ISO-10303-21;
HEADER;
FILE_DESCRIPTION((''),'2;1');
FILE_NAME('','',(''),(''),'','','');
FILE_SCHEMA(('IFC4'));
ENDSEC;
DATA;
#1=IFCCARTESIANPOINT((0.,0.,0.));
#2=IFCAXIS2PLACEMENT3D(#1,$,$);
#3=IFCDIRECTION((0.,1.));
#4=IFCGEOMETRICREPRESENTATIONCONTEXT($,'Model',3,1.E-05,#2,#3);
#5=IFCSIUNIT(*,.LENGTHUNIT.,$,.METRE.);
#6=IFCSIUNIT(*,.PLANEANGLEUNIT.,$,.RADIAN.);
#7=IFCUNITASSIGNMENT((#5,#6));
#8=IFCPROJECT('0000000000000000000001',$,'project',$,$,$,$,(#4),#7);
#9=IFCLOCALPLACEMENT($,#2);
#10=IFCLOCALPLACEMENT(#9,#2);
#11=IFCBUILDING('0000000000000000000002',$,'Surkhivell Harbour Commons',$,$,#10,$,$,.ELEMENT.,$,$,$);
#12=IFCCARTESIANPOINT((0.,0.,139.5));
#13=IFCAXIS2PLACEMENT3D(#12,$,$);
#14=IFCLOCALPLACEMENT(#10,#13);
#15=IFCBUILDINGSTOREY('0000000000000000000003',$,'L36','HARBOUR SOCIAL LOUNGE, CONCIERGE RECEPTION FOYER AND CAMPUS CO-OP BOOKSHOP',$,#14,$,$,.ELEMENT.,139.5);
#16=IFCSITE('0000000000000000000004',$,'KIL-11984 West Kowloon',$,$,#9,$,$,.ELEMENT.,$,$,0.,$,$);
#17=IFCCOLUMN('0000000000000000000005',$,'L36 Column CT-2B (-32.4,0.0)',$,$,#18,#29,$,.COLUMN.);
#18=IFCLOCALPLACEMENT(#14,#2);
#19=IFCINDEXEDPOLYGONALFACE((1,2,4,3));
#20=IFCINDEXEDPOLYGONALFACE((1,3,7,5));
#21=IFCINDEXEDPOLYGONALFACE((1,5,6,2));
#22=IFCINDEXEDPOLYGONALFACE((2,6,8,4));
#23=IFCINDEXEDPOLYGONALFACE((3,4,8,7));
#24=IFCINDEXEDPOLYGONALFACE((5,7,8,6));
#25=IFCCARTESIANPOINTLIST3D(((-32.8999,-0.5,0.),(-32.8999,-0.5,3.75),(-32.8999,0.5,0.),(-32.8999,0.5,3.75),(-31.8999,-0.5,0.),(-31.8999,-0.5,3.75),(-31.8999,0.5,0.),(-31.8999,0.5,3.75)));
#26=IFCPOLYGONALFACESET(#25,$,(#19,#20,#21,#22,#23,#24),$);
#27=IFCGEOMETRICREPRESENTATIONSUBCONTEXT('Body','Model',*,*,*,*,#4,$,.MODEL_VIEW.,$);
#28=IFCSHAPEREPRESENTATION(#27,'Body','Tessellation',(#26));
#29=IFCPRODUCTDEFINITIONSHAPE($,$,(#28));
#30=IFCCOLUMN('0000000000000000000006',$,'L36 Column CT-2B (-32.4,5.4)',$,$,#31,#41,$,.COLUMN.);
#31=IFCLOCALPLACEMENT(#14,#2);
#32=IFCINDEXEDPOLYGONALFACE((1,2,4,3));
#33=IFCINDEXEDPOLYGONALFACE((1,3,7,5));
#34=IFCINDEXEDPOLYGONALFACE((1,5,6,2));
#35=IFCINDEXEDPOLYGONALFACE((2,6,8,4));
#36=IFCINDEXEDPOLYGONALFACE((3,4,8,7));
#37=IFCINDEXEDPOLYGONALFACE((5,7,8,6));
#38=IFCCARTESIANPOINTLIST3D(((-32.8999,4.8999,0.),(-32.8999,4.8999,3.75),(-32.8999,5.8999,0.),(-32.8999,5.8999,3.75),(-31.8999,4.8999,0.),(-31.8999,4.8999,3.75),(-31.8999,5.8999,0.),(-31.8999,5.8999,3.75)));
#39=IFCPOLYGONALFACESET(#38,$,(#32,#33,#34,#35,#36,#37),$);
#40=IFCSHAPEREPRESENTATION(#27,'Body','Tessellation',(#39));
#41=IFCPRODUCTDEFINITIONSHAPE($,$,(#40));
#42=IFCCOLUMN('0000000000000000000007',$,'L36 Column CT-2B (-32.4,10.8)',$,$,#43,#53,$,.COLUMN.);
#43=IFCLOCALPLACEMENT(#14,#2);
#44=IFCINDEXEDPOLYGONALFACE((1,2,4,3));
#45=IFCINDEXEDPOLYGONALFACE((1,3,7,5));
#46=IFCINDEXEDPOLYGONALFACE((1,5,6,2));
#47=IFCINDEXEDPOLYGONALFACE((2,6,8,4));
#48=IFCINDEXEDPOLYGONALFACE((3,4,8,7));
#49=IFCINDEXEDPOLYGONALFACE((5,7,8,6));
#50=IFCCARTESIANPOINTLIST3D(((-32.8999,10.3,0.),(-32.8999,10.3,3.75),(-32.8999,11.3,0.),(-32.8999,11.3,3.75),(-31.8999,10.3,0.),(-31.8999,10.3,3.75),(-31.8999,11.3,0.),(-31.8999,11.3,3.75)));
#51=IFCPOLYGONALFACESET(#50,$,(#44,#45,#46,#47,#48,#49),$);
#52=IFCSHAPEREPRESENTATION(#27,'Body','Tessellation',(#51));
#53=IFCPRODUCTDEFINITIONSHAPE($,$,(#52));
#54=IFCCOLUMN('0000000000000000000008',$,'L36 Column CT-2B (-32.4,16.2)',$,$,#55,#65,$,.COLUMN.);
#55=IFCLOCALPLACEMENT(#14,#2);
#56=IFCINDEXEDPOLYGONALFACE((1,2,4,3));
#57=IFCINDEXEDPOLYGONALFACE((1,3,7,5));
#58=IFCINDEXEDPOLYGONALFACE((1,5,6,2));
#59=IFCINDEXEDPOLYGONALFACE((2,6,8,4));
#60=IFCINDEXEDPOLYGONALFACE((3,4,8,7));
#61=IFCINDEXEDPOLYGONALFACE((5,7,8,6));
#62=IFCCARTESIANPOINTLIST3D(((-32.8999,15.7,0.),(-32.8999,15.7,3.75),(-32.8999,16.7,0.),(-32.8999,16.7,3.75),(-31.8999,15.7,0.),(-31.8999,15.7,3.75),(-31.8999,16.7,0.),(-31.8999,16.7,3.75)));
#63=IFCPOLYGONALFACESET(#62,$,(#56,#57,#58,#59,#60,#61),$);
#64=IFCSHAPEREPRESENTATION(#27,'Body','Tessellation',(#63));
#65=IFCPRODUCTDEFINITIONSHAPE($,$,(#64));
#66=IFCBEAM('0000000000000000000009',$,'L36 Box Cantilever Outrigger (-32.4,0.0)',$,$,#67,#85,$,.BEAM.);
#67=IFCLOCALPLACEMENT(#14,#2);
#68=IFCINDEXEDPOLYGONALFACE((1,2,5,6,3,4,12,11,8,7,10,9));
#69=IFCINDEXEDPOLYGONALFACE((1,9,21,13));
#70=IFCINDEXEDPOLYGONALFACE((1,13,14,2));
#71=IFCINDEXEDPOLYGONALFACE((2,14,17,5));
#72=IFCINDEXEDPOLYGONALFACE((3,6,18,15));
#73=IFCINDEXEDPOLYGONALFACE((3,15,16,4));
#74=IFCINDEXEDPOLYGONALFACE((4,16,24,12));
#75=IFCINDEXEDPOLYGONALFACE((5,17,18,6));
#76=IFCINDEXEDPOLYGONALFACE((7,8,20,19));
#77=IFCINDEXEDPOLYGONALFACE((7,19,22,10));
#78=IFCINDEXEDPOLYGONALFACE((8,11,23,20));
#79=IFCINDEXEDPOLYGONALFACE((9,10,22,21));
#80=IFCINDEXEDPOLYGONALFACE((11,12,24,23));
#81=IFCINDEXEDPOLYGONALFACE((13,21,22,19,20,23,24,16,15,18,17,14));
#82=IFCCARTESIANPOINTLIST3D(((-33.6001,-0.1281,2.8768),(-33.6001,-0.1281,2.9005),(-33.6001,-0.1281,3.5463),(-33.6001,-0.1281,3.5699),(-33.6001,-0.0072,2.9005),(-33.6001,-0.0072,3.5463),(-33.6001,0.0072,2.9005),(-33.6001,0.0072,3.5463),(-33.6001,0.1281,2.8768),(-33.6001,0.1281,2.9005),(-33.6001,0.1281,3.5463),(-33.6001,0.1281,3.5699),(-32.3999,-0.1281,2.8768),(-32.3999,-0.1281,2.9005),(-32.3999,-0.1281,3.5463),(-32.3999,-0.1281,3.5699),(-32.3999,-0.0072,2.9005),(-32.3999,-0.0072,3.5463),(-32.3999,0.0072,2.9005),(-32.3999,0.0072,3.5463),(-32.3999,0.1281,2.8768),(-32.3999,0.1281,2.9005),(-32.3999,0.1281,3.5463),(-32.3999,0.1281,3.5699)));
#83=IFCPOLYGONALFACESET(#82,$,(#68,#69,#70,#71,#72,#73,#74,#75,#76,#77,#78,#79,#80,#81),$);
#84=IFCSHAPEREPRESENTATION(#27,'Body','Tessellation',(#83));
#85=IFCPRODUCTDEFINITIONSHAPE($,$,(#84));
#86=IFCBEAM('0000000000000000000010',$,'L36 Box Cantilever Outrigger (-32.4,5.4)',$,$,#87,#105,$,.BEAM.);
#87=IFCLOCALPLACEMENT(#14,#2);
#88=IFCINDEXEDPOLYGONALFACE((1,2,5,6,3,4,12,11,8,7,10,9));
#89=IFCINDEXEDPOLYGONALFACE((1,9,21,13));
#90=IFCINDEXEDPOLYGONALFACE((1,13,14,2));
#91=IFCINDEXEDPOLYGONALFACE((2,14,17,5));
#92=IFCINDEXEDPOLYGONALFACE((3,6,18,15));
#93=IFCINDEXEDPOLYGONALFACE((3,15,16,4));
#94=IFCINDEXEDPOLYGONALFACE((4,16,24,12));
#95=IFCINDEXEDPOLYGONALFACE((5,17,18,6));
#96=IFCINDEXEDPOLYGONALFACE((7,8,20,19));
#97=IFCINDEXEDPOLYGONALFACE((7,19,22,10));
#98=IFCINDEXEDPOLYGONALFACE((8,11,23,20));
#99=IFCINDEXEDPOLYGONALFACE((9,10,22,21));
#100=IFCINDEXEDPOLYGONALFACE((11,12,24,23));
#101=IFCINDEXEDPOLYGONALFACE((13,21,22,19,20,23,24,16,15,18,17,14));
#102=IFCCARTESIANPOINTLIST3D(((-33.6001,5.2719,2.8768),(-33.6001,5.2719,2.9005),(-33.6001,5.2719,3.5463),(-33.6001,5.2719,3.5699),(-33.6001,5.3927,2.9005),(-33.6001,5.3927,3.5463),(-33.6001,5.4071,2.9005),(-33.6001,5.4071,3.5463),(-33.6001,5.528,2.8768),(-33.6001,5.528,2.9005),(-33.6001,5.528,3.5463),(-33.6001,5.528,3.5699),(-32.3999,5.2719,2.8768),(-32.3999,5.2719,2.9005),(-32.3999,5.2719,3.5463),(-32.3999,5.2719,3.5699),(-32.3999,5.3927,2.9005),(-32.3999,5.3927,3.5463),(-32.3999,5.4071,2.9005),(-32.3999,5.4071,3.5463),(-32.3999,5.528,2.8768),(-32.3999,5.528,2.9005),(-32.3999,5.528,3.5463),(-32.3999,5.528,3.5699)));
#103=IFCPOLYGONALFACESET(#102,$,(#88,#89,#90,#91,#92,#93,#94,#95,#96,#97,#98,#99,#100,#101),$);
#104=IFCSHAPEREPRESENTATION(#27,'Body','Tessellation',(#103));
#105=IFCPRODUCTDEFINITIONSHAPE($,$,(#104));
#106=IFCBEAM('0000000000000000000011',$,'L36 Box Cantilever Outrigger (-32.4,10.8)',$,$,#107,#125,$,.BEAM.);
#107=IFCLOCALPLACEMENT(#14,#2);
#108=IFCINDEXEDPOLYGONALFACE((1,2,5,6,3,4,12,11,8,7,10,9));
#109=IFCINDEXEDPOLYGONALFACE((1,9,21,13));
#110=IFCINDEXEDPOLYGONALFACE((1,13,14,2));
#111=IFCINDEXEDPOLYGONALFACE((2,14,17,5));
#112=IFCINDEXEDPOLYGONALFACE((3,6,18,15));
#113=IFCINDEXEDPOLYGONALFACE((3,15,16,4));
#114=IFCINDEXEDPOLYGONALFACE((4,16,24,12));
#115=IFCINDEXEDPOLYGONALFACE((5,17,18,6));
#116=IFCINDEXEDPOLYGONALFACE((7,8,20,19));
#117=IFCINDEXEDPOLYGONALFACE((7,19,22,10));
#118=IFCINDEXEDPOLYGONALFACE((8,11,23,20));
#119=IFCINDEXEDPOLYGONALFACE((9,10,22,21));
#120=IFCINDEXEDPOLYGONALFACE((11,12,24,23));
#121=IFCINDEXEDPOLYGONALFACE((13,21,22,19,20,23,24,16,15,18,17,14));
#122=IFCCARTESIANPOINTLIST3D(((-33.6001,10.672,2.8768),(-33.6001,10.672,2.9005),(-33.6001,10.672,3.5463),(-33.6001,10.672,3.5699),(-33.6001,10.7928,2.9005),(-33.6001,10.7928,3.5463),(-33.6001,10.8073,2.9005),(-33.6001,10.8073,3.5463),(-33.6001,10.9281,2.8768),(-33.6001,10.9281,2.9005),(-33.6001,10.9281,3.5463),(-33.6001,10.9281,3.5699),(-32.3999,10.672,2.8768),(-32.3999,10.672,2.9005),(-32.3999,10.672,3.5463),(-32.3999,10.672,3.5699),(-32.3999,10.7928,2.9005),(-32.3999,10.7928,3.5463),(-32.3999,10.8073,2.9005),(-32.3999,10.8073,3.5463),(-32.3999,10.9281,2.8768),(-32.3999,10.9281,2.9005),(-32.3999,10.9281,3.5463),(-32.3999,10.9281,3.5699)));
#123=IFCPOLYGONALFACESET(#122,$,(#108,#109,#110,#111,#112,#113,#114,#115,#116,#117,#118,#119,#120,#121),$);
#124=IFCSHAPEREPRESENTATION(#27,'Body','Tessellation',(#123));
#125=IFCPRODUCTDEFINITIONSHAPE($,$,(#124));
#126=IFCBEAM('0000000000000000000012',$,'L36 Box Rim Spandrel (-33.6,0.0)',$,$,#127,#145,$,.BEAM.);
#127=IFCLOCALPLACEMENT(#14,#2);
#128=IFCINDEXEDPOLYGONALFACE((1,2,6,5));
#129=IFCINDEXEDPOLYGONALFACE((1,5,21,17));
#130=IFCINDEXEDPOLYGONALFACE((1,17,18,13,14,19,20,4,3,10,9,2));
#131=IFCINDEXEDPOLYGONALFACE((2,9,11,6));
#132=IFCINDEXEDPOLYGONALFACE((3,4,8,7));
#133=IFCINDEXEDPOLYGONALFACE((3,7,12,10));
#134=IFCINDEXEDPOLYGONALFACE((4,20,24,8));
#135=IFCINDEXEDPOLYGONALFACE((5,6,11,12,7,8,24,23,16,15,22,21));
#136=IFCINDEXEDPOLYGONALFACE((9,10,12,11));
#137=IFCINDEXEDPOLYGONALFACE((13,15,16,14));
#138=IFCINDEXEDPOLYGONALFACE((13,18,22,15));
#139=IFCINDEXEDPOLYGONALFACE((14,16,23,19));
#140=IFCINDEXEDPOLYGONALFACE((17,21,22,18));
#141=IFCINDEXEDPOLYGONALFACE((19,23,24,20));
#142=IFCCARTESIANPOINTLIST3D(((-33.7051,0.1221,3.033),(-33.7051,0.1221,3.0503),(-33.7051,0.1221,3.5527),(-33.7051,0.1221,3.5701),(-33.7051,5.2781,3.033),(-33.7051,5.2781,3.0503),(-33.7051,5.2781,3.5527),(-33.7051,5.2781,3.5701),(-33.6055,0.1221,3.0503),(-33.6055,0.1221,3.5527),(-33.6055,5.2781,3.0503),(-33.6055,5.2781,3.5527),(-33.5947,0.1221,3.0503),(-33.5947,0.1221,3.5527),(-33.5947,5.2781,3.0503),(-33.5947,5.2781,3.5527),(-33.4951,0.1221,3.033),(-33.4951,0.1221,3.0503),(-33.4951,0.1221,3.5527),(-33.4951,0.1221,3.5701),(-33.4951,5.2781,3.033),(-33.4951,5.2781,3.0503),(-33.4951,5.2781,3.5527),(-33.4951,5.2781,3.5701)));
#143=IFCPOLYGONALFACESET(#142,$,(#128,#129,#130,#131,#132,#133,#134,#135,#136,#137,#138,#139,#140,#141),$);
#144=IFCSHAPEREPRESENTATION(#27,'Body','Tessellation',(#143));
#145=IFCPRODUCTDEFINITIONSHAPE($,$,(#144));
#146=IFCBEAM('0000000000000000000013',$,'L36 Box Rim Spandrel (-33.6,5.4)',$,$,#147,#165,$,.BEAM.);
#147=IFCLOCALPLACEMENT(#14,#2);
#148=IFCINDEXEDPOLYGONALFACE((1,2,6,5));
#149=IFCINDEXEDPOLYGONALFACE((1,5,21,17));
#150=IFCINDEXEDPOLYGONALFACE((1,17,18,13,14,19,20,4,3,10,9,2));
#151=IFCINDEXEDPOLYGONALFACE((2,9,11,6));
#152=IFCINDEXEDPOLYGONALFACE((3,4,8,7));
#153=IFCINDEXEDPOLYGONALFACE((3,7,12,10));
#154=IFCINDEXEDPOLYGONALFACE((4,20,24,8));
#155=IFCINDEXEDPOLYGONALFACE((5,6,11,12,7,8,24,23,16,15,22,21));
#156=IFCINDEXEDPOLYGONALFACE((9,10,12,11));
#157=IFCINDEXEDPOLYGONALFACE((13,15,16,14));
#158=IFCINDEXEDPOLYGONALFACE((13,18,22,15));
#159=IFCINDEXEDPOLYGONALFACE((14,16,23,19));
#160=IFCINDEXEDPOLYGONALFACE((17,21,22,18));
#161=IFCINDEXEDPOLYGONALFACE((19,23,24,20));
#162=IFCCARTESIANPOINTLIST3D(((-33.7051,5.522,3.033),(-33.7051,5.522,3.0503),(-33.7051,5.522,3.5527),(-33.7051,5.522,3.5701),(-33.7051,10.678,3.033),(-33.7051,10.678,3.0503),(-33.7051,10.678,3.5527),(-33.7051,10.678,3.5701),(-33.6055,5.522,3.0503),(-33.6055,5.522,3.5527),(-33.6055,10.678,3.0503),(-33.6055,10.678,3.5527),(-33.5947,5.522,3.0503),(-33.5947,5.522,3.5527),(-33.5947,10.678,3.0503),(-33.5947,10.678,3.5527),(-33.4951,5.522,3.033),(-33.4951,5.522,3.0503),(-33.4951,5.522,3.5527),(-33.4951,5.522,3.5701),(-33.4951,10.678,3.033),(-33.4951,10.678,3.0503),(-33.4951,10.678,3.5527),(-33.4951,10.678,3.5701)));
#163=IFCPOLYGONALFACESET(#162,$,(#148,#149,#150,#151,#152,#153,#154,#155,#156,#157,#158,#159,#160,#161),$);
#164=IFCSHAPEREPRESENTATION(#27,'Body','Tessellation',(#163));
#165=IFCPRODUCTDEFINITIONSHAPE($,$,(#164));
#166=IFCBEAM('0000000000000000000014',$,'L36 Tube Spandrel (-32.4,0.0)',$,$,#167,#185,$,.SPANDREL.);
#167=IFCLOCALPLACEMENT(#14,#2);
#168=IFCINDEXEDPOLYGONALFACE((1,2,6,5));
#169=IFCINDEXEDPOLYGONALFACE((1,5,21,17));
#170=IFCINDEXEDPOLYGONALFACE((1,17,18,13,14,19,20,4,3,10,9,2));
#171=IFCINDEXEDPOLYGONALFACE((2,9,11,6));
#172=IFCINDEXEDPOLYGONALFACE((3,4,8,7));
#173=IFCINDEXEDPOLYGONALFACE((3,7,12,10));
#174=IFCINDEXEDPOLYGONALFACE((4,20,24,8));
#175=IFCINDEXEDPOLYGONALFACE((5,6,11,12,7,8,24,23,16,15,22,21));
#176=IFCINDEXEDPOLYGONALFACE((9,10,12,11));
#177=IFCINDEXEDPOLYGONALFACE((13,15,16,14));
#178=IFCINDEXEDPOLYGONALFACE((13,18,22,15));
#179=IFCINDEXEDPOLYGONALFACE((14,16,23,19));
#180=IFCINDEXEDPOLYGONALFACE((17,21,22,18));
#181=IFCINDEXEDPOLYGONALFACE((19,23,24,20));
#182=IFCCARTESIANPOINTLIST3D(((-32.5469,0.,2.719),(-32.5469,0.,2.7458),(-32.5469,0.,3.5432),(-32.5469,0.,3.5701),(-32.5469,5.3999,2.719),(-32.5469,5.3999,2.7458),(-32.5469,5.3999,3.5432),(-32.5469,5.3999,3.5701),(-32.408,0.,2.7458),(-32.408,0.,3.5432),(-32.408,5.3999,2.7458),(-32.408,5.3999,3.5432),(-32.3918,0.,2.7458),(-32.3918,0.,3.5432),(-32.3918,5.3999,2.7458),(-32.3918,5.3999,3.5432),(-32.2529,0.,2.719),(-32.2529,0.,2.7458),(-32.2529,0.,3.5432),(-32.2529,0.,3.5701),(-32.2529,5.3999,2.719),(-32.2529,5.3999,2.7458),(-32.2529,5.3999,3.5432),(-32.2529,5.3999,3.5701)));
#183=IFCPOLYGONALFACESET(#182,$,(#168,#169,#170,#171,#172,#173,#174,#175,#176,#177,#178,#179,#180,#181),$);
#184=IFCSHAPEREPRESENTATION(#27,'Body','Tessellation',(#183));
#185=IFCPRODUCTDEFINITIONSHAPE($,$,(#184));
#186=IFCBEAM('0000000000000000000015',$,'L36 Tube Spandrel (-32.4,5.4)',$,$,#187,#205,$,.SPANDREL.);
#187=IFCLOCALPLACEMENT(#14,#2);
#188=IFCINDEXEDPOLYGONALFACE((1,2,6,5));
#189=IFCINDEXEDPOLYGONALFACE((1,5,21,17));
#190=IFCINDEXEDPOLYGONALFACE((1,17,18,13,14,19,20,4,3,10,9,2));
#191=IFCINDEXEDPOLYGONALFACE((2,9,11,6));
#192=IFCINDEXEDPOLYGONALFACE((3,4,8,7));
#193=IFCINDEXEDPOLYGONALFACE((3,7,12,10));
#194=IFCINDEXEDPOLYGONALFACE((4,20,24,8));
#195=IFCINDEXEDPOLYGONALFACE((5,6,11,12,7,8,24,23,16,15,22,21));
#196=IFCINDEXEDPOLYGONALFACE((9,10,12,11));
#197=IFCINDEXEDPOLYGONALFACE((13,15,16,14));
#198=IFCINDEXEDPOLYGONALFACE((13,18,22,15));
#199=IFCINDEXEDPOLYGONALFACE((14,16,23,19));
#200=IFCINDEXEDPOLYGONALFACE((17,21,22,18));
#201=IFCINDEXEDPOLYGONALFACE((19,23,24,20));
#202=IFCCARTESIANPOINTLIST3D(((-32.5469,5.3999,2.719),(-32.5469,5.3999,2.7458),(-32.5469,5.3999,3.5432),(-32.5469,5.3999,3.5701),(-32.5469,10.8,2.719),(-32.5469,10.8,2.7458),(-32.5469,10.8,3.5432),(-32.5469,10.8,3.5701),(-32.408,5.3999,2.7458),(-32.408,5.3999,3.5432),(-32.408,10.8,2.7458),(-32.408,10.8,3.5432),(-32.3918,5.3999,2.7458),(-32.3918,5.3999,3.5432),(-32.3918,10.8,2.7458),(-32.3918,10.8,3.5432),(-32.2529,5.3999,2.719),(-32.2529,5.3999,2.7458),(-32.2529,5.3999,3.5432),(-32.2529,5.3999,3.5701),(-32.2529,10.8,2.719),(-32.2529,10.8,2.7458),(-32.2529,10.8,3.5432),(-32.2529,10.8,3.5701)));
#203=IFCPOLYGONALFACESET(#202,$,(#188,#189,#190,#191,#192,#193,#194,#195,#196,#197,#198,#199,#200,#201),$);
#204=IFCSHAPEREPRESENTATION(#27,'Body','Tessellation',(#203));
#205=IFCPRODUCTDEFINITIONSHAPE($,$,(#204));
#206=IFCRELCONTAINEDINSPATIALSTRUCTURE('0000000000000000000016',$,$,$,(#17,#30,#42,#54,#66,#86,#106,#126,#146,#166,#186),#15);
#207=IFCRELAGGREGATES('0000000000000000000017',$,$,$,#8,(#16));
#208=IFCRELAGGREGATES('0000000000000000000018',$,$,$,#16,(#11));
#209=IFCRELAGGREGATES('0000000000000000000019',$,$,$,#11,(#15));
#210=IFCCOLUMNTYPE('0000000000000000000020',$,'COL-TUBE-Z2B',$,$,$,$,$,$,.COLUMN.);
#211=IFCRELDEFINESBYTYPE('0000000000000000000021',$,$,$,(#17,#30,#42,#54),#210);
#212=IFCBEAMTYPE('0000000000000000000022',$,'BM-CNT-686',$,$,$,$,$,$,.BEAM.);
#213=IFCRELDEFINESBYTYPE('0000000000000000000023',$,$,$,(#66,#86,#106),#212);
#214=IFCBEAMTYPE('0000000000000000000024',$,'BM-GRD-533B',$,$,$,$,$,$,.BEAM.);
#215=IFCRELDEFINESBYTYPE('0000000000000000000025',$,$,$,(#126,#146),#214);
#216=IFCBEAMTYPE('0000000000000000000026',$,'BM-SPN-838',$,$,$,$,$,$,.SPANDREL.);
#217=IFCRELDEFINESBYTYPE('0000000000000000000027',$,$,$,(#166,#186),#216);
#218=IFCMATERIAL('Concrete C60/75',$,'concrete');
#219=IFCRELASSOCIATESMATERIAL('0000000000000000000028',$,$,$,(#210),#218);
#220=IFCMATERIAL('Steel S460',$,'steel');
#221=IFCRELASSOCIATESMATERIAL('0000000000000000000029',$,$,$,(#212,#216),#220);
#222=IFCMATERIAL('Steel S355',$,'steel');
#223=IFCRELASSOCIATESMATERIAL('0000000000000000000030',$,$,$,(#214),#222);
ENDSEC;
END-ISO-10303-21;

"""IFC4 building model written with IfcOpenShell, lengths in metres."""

from ifc_helpers import new_model, si_unit, direction, frame, origin, origin_2d, place, context, subcontext, project, spatial, rectangle, i_section, extrude, material, material_profile, profile_set, type_object, element, save


model = new_model("IFC4")

# Units and contexts
model_context = context("Model", 3, precision=1e-05, world=origin(), true_north=direction((0.0, 1.0)))
body_context = subcontext(model_context, "Body", "Model", "MODEL_VIEW")
ifc_project = project(units=[si_unit("LENGTHUNIT", "METRE"), si_unit("PLANEANGLEUNIT", "RADIAN")], contexts=[model_context])

# Site, building, storey
site_placement = place(None, origin())
site = spatial("IfcSite", under=ifc_project, at=site_placement, Name="KIL-11984 West Kowloon", CompositionType="ELEMENT", RefElevation=0.0)
building_placement = place(site_placement, origin())
building = spatial("IfcBuilding", under=site, at=building_placement, Name="Surkhivell Harbour Commons", CompositionType="ELEMENT")
storey_placement = place(building_placement, frame((0.0, 0.0, 139.5)))
storey = spatial("IfcBuildingStorey", under=building, at=storey_placement, Name="L36", Description="HARBOUR SOCIAL LOUNGE, CONCIERGE RECEPTION FOYER AND CAMPUS CO-OP BOOKSHOP", CompositionType="ELEMENT", Elevation=139.5)

# Columns
ifc_material_1 = material(Name="Concrete C60/75", Category="concrete")
ifc_material_profile_1 = material_profile(ifc_material_1, rectangle(XDim=1.0, YDim=1.0, at=origin_2d()), Name="RC-COL-1000x1000")
ifc_profile_set_1 = profile_set([ifc_material_profile_1], Name="Concrete C60/75")
column_type = type_object("IfcColumnType", Name="COL-TUBE-Z2B", PredefinedType="COLUMN", material=ifc_profile_set_1)
for number, where, z_axis, x_axis, name in (
    (1, (-32.3999, 0.0, 0.0), (0.0, 0.0, 1.0), (1.0, 0.0, 0.0), "L36 Column CT-2B (-32.4,0.0)"),
    (2, (-32.3999, 5.3999, 0.0), (0.0, 0.0, 1.0), (1.0, 0.0, 0.0), "L36 Column CT-2B (-32.4,5.4)"),
    (3, (-32.3999, 10.8, 0.0), (0.0, 0.0, 1.0), (1.0, 0.0, 0.0), "L36 Column CT-2B (-32.4,10.8)"),
    (4, (-32.3999, 16.2, 0.0), (0.0, 0.0, 1.0), (1.0, 0.0, 0.0), "L36 Column CT-2B (-32.4,16.2)"),
):
    element("IfcColumn", number, at=place(storey_placement, frame(where, z_axis=z_axis, x_axis=x_axis)), inside=storey, type_object=column_type, Name=name, PredefinedType="COLUMN", context=body_context, shape_type="SweptSolid", body=[
        extrude(rectangle(XDim=1.0, YDim=1.0, at=origin_2d()), origin(), (0.0, 0.0, 1.0), 3.75),
    ])

# Beams
ifc_material_2 = material(Name="Steel S460", Category="steel")
ifc_material_profile_2 = material_profile(ifc_material_2, i_section(OverallWidth=0.2561, OverallDepth=0.6931, WebThickness=0.0144, FlangeThickness=0.0237, at=origin_2d()), Name="UB686x254x170")
ifc_profile_set_2 = profile_set([ifc_material_profile_2], Name="Steel S460")
beam_type_1 = type_object("IfcBeamType", Name="BM-CNT-686", PredefinedType="BEAM", material=ifc_profile_set_2)
for number, where, z_axis, x_axis, name in (
    (5, (-32.3999, 0.0, 3.2234), (-1.0, 0.0, 0.0), (0.0, -1.0, 0.0), "L36 Box Cantilever Outrigger (-32.4,0.0)"),
    (6, (-32.3999, 5.3999, 3.2234), (-1.0, 0.0, 0.0), (0.0, -1.0, 0.0), "L36 Box Cantilever Outrigger (-32.4,5.4)"),
    (7, (-32.3999, 10.8, 3.2234), (-1.0, 0.0, 0.0), (0.0, -1.0, 0.0), "L36 Box Cantilever Outrigger (-32.4,10.8)"),
):
    element("IfcBeam", number, at=place(storey_placement, frame(where, z_axis=z_axis, x_axis=x_axis)), inside=storey, type_object=beam_type_1, Name=name, PredefinedType="BEAM", context=body_context, shape_type="SweptSolid", body=[
        extrude(i_section(OverallWidth=0.2561, OverallDepth=0.6931, WebThickness=0.0144, FlangeThickness=0.0237, at=origin_2d()), origin(), (0.0, 0.0, 1.0), 1.2002),
    ])
ifc_material_3 = material(Name="Steel S355", Category="steel")
ifc_material_profile_3 = material_profile(ifc_material_3, i_section(OverallWidth=0.21, OverallDepth=0.5371, WebThickness=0.0107, FlangeThickness=0.0173, at=origin_2d()), Name="UB533x210x101")
ifc_profile_set_3 = profile_set([ifc_material_profile_3], Name="Steel S355")
beam_type_2 = type_object("IfcBeamType", Name="BM-GRD-533B", PredefinedType="BEAM", material=ifc_profile_set_3)
for number, where, z_axis, x_axis, name in (
    (8, (-33.6001, 0.1221, 3.3015), (0.0, 1.0, 0.0), (-1.0, 0.0, 0.0), "L36 Box Rim Spandrel (-33.6,0.0)"),
    (9, (-33.6001, 5.522, 3.3015), (0.0, 1.0, 0.0), (-1.0, 0.0, 0.0), "L36 Box Rim Spandrel (-33.6,5.4)"),
):
    element("IfcBeam", number, at=place(storey_placement, frame(where, z_axis=z_axis, x_axis=x_axis)), inside=storey, type_object=beam_type_2, Name=name, PredefinedType="BEAM", context=body_context, shape_type="SweptSolid", body=[
        extrude(i_section(OverallWidth=0.21, OverallDepth=0.5371, WebThickness=0.0107, FlangeThickness=0.0173, at=origin_2d()), origin(), (0.0, 0.0, 1.0), 5.156),
    ])
ifc_material_profile_4 = material_profile(ifc_material_2, i_section(OverallWidth=0.2939, OverallDepth=0.8511, WebThickness=0.0161, FlangeThickness=0.0269, at=origin_2d()), Name="UB838x292x226")
ifc_profile_set_4 = profile_set([ifc_material_profile_4], Name="Steel S460")
beam_type_3 = type_object("IfcBeamType", Name="BM-SPN-838", PredefinedType="SPANDREL", material=ifc_profile_set_4)
beam_1_placement = place(storey_placement, frame((-32.3999, 0.0, 3.1445), z_axis=(0.0, 1.0, 0.0), x_axis=(-1.0, 0.0, 0.0)))
element("IfcBeam", 10, at=beam_1_placement, inside=storey, type_object=beam_type_3, Name="L36 Tube Spandrel (-32.4,0.0)", PredefinedType="SPANDREL", context=body_context, shape_type="SweptSolid", body=[
    extrude(i_section(OverallWidth=0.2939, OverallDepth=0.8511, WebThickness=0.0161, FlangeThickness=0.0269, at=origin_2d()), origin(), (0.0, 0.0, 1.0), 5.3999),
])
beam_2_placement = place(storey_placement, frame((-32.3999, 5.3999, 3.1445), z_axis=(0.0, 1.0, 0.0), x_axis=(-1.0, 0.0, 0.0)))
element("IfcBeam", 11, at=beam_2_placement, inside=storey, type_object=beam_type_3, Name="L36 Tube Spandrel (-32.4,5.4)", PredefinedType="SPANDREL", context=body_context, shape_type="SweptSolid", body=[
    extrude(i_section(OverallWidth=0.2939, OverallDepth=0.8511, WebThickness=0.0161, FlangeThickness=0.0269, at=origin_2d()), origin(), (0.0, 0.0, 1.0), 5.4001),
])

save(model, "model.ifc")
